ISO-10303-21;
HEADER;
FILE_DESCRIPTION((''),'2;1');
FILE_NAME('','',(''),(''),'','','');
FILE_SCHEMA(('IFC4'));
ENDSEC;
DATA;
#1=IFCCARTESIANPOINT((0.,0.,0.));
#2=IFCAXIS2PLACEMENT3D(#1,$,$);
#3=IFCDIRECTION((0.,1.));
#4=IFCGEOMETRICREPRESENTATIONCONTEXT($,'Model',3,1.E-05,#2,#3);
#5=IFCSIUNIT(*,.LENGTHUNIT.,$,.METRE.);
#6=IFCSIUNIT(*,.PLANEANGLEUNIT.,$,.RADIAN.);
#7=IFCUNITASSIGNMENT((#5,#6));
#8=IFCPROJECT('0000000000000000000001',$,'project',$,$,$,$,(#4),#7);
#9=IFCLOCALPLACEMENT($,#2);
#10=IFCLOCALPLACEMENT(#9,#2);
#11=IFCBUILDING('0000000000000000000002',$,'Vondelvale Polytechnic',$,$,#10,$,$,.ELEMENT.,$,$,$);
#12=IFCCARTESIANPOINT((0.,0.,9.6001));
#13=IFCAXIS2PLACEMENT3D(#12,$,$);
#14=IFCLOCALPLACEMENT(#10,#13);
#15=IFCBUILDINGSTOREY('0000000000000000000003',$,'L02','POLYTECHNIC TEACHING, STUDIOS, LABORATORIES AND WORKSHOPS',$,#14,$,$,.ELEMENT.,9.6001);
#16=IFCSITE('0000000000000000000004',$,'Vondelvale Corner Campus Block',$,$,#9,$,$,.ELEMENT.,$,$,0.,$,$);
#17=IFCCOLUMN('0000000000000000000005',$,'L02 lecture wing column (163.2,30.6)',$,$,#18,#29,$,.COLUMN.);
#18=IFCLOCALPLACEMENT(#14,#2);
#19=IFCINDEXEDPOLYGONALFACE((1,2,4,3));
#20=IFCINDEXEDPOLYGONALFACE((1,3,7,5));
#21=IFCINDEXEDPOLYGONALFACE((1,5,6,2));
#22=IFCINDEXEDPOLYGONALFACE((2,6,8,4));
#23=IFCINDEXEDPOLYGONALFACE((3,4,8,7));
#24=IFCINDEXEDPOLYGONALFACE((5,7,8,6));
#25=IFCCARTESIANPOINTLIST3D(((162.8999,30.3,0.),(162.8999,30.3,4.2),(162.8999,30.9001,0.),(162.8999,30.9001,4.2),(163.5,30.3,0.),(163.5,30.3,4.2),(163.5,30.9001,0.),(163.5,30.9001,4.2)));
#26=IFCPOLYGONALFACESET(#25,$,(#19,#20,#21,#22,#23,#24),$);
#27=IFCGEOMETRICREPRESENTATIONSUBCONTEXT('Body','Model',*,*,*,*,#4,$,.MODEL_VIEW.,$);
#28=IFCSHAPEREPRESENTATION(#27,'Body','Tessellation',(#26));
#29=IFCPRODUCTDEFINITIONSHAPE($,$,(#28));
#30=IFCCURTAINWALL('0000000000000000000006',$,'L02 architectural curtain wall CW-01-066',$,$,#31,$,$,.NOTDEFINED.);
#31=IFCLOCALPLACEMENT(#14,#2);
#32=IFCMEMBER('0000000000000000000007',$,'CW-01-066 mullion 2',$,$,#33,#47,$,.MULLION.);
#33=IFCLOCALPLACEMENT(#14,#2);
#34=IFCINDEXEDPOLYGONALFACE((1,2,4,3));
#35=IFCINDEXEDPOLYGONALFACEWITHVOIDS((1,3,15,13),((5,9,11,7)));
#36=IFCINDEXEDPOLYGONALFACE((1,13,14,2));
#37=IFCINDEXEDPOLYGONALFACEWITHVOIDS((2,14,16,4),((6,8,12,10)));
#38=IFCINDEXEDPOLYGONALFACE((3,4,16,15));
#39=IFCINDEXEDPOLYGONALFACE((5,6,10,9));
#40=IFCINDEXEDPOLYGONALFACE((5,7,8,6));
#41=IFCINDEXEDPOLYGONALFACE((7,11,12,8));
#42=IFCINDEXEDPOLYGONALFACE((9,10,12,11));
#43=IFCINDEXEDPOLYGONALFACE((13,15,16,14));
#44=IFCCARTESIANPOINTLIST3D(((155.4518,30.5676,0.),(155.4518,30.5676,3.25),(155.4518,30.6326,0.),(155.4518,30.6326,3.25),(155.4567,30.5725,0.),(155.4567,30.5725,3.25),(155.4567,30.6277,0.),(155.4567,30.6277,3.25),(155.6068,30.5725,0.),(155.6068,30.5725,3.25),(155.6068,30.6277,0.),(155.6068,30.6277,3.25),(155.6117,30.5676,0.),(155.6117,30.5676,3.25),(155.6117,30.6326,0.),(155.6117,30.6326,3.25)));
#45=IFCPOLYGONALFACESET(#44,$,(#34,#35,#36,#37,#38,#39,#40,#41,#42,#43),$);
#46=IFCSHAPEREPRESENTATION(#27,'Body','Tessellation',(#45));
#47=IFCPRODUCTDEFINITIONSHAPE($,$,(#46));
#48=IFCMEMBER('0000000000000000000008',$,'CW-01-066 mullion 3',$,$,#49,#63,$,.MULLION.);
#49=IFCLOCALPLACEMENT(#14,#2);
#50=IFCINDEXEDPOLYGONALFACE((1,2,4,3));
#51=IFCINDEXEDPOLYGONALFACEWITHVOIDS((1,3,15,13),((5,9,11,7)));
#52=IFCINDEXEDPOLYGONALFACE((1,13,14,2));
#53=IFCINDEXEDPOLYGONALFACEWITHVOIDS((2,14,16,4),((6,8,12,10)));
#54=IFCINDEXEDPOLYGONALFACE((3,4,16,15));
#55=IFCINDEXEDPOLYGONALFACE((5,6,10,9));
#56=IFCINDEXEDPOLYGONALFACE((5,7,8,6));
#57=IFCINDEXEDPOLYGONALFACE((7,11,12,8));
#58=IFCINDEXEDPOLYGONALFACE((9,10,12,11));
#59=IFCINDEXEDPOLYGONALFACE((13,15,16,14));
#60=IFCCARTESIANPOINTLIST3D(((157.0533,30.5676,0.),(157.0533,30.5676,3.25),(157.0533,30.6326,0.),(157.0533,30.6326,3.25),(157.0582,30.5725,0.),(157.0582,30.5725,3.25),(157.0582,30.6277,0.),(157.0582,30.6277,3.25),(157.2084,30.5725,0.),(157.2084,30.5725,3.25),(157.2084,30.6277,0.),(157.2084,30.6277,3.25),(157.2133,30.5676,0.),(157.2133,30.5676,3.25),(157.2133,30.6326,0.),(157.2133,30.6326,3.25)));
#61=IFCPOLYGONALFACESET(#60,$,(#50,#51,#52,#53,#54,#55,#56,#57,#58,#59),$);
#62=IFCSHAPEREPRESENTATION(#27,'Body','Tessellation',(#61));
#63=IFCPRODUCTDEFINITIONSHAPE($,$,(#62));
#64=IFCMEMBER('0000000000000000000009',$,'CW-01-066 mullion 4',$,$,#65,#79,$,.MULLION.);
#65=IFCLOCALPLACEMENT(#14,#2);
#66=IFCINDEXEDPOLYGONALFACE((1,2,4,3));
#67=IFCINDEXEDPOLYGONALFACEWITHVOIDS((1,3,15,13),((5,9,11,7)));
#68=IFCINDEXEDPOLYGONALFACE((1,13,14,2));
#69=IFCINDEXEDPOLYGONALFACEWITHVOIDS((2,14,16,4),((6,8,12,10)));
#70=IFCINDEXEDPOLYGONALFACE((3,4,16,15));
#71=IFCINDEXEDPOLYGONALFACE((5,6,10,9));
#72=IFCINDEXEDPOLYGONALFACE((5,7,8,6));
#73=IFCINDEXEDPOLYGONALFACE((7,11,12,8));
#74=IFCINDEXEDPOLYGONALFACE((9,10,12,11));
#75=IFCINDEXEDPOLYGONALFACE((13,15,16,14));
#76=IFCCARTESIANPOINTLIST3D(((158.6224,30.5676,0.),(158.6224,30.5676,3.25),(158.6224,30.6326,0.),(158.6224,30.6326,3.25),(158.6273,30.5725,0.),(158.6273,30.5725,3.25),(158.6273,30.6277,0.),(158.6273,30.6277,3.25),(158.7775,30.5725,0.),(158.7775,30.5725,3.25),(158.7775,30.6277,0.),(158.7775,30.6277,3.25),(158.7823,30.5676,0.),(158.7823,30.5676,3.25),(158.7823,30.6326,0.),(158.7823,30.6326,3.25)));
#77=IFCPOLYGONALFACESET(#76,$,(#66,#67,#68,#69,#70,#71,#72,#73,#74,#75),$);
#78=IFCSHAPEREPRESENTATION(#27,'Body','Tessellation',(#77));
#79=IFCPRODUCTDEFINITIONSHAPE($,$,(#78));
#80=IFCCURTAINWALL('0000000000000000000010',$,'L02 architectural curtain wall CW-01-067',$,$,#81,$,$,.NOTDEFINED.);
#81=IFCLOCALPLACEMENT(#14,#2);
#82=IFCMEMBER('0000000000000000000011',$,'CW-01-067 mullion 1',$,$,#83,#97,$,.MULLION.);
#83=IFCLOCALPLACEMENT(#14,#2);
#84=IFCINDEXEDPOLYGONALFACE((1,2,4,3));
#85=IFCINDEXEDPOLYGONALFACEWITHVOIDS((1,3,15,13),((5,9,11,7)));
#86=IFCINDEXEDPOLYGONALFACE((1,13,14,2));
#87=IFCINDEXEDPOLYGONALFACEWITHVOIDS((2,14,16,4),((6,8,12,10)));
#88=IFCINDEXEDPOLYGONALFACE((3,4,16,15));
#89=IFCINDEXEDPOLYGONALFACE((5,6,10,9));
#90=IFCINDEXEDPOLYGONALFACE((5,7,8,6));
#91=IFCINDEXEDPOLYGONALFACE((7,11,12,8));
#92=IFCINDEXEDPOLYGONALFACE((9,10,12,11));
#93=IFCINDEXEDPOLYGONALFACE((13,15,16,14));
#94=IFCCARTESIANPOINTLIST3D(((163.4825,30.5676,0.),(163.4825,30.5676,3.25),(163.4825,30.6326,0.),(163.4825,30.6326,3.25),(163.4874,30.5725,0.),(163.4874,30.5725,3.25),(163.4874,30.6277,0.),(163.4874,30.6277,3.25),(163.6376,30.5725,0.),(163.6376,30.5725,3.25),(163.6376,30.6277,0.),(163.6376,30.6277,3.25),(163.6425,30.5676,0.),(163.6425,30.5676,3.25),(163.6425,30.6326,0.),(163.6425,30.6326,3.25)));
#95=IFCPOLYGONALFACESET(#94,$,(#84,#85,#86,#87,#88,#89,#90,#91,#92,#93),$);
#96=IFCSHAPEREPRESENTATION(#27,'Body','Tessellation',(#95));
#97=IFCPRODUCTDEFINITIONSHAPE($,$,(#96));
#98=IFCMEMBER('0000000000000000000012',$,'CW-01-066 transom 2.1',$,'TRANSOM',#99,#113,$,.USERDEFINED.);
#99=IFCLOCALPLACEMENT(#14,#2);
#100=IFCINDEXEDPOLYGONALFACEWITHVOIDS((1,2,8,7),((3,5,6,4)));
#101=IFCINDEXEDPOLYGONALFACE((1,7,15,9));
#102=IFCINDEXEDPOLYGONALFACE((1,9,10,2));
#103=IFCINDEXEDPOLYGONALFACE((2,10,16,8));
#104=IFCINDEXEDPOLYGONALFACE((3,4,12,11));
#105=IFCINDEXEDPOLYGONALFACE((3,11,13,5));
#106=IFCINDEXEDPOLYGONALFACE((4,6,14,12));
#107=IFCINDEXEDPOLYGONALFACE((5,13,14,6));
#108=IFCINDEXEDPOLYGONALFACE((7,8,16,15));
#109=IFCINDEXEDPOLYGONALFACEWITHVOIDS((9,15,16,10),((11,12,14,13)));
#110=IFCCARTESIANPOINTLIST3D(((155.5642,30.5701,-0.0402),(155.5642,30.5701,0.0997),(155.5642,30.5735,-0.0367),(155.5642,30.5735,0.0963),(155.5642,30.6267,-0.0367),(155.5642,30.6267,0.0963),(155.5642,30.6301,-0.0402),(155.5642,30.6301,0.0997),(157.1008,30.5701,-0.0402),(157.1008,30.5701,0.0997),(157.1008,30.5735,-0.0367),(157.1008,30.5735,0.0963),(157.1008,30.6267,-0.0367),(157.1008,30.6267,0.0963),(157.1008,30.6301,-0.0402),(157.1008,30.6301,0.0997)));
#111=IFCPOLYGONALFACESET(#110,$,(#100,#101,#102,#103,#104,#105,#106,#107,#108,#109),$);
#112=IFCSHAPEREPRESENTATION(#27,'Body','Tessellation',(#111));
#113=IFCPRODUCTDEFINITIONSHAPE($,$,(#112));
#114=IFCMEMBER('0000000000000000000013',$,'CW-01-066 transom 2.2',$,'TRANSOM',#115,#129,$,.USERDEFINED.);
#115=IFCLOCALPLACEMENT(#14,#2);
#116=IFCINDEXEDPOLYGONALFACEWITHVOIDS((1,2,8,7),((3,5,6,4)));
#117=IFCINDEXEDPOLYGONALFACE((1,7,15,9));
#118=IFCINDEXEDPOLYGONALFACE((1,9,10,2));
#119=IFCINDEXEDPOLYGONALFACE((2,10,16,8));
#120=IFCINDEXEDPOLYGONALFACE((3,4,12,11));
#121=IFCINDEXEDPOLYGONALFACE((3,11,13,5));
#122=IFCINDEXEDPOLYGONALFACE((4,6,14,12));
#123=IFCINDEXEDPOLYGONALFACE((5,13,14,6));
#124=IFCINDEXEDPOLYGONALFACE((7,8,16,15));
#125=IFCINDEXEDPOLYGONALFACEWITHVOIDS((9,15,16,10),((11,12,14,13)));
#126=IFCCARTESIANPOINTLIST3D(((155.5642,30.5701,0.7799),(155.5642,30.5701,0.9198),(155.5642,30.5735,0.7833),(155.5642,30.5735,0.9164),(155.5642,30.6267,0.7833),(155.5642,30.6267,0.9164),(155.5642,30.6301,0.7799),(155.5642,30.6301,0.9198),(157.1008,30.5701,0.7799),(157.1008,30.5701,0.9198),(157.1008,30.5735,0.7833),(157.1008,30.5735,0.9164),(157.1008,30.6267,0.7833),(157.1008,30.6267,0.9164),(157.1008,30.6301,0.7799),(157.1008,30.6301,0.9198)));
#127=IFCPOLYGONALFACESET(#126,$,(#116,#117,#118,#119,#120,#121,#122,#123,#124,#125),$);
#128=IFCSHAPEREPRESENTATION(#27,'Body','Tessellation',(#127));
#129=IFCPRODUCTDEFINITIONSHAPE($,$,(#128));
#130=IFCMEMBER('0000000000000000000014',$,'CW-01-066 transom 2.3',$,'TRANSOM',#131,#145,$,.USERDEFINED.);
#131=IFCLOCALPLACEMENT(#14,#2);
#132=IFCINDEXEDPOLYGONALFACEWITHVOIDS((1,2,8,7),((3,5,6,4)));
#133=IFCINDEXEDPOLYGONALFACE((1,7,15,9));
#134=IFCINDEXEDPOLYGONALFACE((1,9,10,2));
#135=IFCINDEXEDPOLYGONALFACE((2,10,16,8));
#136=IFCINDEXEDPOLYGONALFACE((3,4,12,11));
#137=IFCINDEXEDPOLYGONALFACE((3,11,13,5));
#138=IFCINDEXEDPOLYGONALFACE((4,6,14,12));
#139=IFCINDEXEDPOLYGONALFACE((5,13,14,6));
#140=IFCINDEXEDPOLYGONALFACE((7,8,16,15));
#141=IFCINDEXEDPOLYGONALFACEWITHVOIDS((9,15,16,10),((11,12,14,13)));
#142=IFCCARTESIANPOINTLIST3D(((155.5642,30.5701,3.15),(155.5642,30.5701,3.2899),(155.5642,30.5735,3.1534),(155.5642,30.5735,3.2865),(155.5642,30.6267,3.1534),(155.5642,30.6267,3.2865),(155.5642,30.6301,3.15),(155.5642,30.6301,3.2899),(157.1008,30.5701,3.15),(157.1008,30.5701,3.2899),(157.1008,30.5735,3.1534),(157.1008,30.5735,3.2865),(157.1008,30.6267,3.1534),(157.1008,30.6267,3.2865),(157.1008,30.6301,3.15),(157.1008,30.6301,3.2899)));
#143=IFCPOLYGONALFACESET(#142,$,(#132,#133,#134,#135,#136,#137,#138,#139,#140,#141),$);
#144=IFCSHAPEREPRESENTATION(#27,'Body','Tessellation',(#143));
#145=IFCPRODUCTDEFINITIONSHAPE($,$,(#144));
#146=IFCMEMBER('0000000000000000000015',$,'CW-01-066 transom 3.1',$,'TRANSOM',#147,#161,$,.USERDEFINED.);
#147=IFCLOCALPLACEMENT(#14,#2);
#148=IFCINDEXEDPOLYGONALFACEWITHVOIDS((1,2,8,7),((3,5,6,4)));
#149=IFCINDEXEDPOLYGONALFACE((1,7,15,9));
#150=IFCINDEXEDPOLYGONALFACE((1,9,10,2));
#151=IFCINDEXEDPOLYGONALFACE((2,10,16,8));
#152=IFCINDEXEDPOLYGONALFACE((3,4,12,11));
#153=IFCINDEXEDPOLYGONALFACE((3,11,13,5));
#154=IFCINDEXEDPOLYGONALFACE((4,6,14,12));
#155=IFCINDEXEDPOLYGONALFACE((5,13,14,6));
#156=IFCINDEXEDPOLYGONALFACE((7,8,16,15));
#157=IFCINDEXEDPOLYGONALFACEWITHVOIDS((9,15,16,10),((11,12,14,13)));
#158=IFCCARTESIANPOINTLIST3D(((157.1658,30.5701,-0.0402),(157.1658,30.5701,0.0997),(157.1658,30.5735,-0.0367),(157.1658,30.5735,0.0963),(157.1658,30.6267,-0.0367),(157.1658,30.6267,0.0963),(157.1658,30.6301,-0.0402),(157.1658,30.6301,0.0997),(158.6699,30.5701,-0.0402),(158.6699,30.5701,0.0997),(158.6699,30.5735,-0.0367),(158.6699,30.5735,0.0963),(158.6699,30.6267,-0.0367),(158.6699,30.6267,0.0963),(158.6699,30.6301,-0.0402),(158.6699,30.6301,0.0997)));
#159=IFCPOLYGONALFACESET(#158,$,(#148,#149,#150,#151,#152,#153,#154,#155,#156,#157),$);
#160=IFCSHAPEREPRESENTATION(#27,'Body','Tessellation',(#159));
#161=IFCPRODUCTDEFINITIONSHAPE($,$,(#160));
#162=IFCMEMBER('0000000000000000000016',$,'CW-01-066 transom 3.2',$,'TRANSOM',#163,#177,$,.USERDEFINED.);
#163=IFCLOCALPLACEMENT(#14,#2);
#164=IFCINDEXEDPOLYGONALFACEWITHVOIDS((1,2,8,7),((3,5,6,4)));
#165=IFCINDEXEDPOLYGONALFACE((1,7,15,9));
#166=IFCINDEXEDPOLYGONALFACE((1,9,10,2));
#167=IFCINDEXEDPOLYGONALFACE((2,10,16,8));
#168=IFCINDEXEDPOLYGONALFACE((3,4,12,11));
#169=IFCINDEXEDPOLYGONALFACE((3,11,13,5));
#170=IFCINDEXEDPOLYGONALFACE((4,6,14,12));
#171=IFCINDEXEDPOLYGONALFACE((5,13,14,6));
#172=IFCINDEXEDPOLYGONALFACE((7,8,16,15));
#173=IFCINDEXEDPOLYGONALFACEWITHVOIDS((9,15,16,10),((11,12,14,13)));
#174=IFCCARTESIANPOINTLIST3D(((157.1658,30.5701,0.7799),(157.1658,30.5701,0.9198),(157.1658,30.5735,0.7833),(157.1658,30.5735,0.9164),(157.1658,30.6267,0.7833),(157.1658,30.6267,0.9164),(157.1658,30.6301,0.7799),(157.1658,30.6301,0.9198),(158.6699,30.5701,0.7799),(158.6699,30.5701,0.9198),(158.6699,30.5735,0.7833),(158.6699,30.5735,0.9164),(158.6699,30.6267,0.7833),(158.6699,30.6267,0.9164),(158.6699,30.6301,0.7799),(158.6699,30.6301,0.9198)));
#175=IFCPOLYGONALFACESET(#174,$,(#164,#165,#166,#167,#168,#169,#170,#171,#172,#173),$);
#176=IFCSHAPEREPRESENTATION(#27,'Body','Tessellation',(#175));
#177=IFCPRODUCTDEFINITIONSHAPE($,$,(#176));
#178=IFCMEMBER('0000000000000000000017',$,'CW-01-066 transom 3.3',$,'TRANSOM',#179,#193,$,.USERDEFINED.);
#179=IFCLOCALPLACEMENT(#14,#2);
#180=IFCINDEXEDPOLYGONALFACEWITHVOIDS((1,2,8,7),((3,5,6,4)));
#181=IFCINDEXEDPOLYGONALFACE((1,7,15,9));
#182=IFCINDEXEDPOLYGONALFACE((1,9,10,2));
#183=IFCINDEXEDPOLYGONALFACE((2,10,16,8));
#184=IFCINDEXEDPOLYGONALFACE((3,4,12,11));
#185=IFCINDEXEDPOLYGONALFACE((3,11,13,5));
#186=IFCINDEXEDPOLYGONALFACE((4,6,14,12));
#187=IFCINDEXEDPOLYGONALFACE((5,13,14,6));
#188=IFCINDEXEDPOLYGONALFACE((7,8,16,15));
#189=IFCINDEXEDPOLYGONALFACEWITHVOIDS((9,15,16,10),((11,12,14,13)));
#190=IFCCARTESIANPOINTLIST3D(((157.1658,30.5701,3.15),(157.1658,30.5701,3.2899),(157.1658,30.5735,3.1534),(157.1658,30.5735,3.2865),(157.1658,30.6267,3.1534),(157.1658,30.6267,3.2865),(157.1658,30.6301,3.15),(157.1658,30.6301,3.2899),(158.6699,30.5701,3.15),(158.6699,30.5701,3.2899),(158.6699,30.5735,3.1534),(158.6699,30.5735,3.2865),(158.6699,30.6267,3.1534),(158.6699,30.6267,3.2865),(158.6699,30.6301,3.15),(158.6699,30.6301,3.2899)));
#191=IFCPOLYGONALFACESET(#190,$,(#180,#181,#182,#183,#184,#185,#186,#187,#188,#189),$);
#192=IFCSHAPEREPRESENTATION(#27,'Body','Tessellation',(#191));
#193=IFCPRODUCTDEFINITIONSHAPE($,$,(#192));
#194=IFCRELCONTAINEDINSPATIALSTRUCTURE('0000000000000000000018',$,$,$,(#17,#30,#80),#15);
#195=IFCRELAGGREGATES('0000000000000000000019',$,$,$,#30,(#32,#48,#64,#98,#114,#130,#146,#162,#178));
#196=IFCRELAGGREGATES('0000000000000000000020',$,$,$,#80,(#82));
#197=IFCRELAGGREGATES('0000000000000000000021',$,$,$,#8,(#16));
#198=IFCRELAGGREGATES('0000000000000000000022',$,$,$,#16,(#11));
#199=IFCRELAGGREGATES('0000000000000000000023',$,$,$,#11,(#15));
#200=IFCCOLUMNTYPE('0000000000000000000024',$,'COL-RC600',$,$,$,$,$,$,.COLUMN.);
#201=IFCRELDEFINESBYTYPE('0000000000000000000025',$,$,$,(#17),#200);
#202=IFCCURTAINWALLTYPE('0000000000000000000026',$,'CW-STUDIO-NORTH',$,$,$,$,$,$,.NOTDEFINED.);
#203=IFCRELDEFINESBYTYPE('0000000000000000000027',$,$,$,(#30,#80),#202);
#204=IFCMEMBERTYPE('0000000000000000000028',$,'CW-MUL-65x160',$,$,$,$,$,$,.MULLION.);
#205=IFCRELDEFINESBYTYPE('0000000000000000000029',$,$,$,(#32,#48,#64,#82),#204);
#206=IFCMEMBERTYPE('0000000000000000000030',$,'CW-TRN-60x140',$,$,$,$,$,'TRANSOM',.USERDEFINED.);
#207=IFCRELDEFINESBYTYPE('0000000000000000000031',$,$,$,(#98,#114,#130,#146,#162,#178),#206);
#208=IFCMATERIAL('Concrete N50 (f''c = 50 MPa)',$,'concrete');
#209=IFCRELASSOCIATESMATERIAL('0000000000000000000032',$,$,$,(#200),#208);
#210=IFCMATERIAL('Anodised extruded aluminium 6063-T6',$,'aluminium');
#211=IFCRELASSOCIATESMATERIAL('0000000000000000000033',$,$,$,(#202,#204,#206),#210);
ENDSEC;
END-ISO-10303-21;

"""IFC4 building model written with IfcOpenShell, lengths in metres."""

from ifc_helpers import new_model, si_unit, direction, frame, origin, origin_2d, place, context, subcontext, project, spatial, rectangle, hollow_rectangle, extrude, material, material_profile, profile_set, type_object, element, aggregate, save


model = new_model("IFC4")

# Units and contexts
model_context = context("Model", 3, precision=1e-05, world=origin(), true_north=direction((0.0, 1.0)))
body_context = subcontext(model_context, "Body", "Model", "MODEL_VIEW")
ifc_project = project(units=[si_unit("LENGTHUNIT", "METRE"), si_unit("PLANEANGLEUNIT", "RADIAN")], contexts=[model_context])

# Site, building, storey
site_placement = place(None, origin())
site = spatial("IfcSite", under=ifc_project, at=site_placement, Name="Vondelvale Corner Campus Block", CompositionType="ELEMENT", RefElevation=0.0)
building_placement = place(site_placement, origin())
building = spatial("IfcBuilding", under=site, at=building_placement, Name="Vondelvale Polytechnic", CompositionType="ELEMENT")
storey_placement = place(building_placement, frame((0.0, 0.0, 9.6001)))
storey = spatial("IfcBuildingStorey", under=building, at=storey_placement, Name="L02", Description="POLYTECHNIC TEACHING, STUDIOS, LABORATORIES AND WORKSHOPS", CompositionType="ELEMENT", Elevation=9.6001)

# Column
ifc_material_1 = material(Name="Concrete N50 (f'c = 50 MPa)", Category="concrete")
ifc_material_profile_1 = material_profile(ifc_material_1, rectangle(XDim=0.6001, YDim=0.6001, at=origin_2d()), Name="RC-COL-600x600")
ifc_profile_set_1 = profile_set([ifc_material_profile_1], Name="Concrete N50 (f'c = 50 MPa)")
column_type = type_object("IfcColumnType", Name="COL-RC600", PredefinedType="COLUMN", material=ifc_profile_set_1)
column_placement = place(storey_placement, frame((163.2, 30.6001, 0.0), z_axis=(0.0, 0.0, 1.0), x_axis=(1.0, 0.0, 0.0)))
element("IfcColumn", 1, at=column_placement, inside=storey, type_object=column_type, Name="L02 lecture wing column (163.2,30.6)", PredefinedType="COLUMN", context=body_context, shape_type="SweptSolid", body=[
    extrude(rectangle(XDim=0.6001, YDim=0.6001, at=origin_2d()), origin(), (0.0, 0.0, 1.0), 4.2),
])

# Curtain wall, members
ifc_material_2 = material(Name="Anodised extruded aluminium 6063-T6", Category="aluminium")
curtain_wall_type = type_object("IfcCurtainWallType", Name="CW-STUDIO-NORTH", PredefinedType="NOTDEFINED", material=ifc_material_2)
curtain_wall_1_placement = place(storey_placement, origin())
curtain_wall_1 = element("IfcCurtainWall", 2, at=curtain_wall_1_placement, inside=storey, type_object=curtain_wall_type, Name="L02 architectural curtain wall CW-01-066", PredefinedType="NOTDEFINED")
ifc_material_profile_2 = material_profile(ifc_material_2, hollow_rectangle(XDim=0.0649, YDim=0.1599, WallThickness=0.0049, at=origin_2d()), Name="CW-MUL-160x65")
ifc_profile_set_2 = profile_set([ifc_material_profile_2], Name="Anodised extruded aluminium 6063-T6")
member_type_1 = type_object("IfcMemberType", Name="CW-MUL-65x160", PredefinedType="MULLION", material=ifc_profile_set_2)
member_1_placement = place(storey_placement, frame((155.5317, 30.6001, 0.0), z_axis=(0.0, 0.0, 1.0), x_axis=(0.0, 1.0, 0.0)))
member_1 = element("IfcMember", 3, at=member_1_placement, type_object=member_type_1, Name="CW-01-066 mullion 2", PredefinedType="MULLION", context=body_context, shape_type="SweptSolid", body=[
    extrude(hollow_rectangle(XDim=0.0649, YDim=0.1599, WallThickness=0.0049, at=origin_2d()), origin(), (0.0, 0.0, 1.0), 3.25),
])
member_2_placement = place(storey_placement, frame((157.1333, 30.6001, 0.0), z_axis=(0.0, 0.0, 1.0), x_axis=(0.0, 1.0, 0.0)))
member_2 = element("IfcMember", 4, at=member_2_placement, type_object=member_type_1, Name="CW-01-066 mullion 3", PredefinedType="MULLION", context=body_context, shape_type="SweptSolid", body=[
    extrude(hollow_rectangle(XDim=0.0649, YDim=0.1599, WallThickness=0.0049, at=origin_2d()), origin(), (0.0, 0.0, 1.0), 3.25),
])
member_3_placement = place(storey_placement, frame((158.7024, 30.6001, 0.0), z_axis=(0.0, 0.0, 1.0), x_axis=(0.0, 1.0, 0.0)))
member_3 = element("IfcMember", 5, at=member_3_placement, type_object=member_type_1, Name="CW-01-066 mullion 4", PredefinedType="MULLION", context=body_context, shape_type="SweptSolid", body=[
    extrude(hollow_rectangle(XDim=0.0649, YDim=0.1599, WallThickness=0.0049, at=origin_2d()), origin(), (0.0, 0.0, 1.0), 3.25),
])

# Curtain wall, member
curtain_wall_2_placement = place(storey_placement, origin())
curtain_wall_2 = element("IfcCurtainWall", 6, at=curtain_wall_2_placement, inside=storey, type_object=curtain_wall_type, Name="L02 architectural curtain wall CW-01-067", PredefinedType="NOTDEFINED")
member_4_placement = place(storey_placement, frame((163.5625, 30.6001, 0.0), z_axis=(0.0, 0.0, 1.0), x_axis=(0.0, 1.0, 0.0)))
member_4 = element("IfcMember", 7, at=member_4_placement, type_object=member_type_1, Name="CW-01-067 mullion 1", PredefinedType="MULLION", context=body_context, shape_type="SweptSolid", body=[
    extrude(hollow_rectangle(XDim=0.0649, YDim=0.1599, WallThickness=0.0049, at=origin_2d()), origin(), (0.0, 0.0, 1.0), 3.25),
])

# Members
ifc_material_profile_3 = material_profile(ifc_material_2, hollow_rectangle(XDim=0.0601, YDim=0.1399, WallThickness=0.0034, at=origin_2d()), Name="CW-TRN-140x60")
ifc_profile_set_3 = profile_set([ifc_material_profile_3], Name="Anodised extruded aluminium 6063-T6")
member_type_2 = type_object("IfcMemberType", Name="CW-TRN-60x140", ElementType="TRANSOM", PredefinedType="USERDEFINED", material=ifc_profile_set_3)
member_5_placement = place(storey_placement, frame((155.5642, 30.6001, 0.0298), z_axis=(1.0, 0.0, 0.0), x_axis=(0.0, 1.0, 0.0)))
member_5 = element("IfcMember", 8, at=member_5_placement, type_object=member_type_2, Name="CW-01-066 transom 2.1", ObjectType="TRANSOM", PredefinedType="USERDEFINED", context=body_context, shape_type="SweptSolid", body=[
    extrude(hollow_rectangle(XDim=0.0601, YDim=0.1399, WallThickness=0.0034, at=origin_2d()), origin(), (0.0, 0.0, 1.0), 1.5366),
])
member_6_placement = place(storey_placement, frame((155.5642, 30.6001, 0.8499), z_axis=(1.0, 0.0, 0.0), x_axis=(0.0, 1.0, 0.0)))
member_6 = element("IfcMember", 9, at=member_6_placement, type_object=member_type_2, Name="CW-01-066 transom 2.2", ObjectType="TRANSOM", PredefinedType="USERDEFINED", context=body_context, shape_type="SweptSolid", body=[
    extrude(hollow_rectangle(XDim=0.0601, YDim=0.1399, WallThickness=0.0034, at=origin_2d()), origin(), (0.0, 0.0, 1.0), 1.5366),
])
member_7_placement = place(storey_placement, frame((155.5642, 30.6001, 3.22), z_axis=(1.0, 0.0, 0.0), x_axis=(0.0, 1.0, 0.0)))
member_7 = element("IfcMember", 10, at=member_7_placement, type_object=member_type_2, Name="CW-01-066 transom 2.3", ObjectType="TRANSOM", PredefinedType="USERDEFINED", context=body_context, shape_type="SweptSolid", body=[
    extrude(hollow_rectangle(XDim=0.0601, YDim=0.1399, WallThickness=0.0034, at=origin_2d()), origin(), (0.0, 0.0, 1.0), 1.5366),
])
member_8_placement = place(storey_placement, frame((157.1658, 30.6001, 0.0298), z_axis=(1.0, 0.0, 0.0), x_axis=(0.0, 1.0, 0.0)))
member_8 = element("IfcMember", 11, at=member_8_placement, type_object=member_type_2, Name="CW-01-066 transom 3.1", ObjectType="TRANSOM", PredefinedType="USERDEFINED", context=body_context, shape_type="SweptSolid", body=[
    extrude(hollow_rectangle(XDim=0.0601, YDim=0.1399, WallThickness=0.0034, at=origin_2d()), origin(), (0.0, 0.0, 1.0), 1.5042),
])
member_9_placement = place(storey_placement, frame((157.1658, 30.6001, 0.8499), z_axis=(1.0, 0.0, 0.0), x_axis=(0.0, 1.0, 0.0)))
member_9 = element("IfcMember", 12, at=member_9_placement, type_object=member_type_2, Name="CW-01-066 transom 3.2", ObjectType="TRANSOM", PredefinedType="USERDEFINED", context=body_context, shape_type="SweptSolid", body=[
    extrude(hollow_rectangle(XDim=0.0601, YDim=0.1399, WallThickness=0.0034, at=origin_2d()), origin(), (0.0, 0.0, 1.0), 1.5042),
])
member_10_placement = place(storey_placement, frame((157.1658, 30.6001, 3.22), z_axis=(1.0, 0.0, 0.0), x_axis=(0.0, 1.0, 0.0)))
member_10 = element("IfcMember", 13, at=member_10_placement, type_object=member_type_2, Name="CW-01-066 transom 3.3", ObjectType="TRANSOM", PredefinedType="USERDEFINED", context=body_context, shape_type="SweptSolid", body=[
    extrude(hollow_rectangle(XDim=0.0601, YDim=0.1399, WallThickness=0.0034, at=origin_2d()), origin(), (0.0, 0.0, 1.0), 1.5042),
])

aggregate(curtain_wall_1, [member_1, member_2, member_3, member_5, member_6, member_7, member_8, member_9, member_10])
aggregate(curtain_wall_2, [member_4])

save(model, "model.ifc")
